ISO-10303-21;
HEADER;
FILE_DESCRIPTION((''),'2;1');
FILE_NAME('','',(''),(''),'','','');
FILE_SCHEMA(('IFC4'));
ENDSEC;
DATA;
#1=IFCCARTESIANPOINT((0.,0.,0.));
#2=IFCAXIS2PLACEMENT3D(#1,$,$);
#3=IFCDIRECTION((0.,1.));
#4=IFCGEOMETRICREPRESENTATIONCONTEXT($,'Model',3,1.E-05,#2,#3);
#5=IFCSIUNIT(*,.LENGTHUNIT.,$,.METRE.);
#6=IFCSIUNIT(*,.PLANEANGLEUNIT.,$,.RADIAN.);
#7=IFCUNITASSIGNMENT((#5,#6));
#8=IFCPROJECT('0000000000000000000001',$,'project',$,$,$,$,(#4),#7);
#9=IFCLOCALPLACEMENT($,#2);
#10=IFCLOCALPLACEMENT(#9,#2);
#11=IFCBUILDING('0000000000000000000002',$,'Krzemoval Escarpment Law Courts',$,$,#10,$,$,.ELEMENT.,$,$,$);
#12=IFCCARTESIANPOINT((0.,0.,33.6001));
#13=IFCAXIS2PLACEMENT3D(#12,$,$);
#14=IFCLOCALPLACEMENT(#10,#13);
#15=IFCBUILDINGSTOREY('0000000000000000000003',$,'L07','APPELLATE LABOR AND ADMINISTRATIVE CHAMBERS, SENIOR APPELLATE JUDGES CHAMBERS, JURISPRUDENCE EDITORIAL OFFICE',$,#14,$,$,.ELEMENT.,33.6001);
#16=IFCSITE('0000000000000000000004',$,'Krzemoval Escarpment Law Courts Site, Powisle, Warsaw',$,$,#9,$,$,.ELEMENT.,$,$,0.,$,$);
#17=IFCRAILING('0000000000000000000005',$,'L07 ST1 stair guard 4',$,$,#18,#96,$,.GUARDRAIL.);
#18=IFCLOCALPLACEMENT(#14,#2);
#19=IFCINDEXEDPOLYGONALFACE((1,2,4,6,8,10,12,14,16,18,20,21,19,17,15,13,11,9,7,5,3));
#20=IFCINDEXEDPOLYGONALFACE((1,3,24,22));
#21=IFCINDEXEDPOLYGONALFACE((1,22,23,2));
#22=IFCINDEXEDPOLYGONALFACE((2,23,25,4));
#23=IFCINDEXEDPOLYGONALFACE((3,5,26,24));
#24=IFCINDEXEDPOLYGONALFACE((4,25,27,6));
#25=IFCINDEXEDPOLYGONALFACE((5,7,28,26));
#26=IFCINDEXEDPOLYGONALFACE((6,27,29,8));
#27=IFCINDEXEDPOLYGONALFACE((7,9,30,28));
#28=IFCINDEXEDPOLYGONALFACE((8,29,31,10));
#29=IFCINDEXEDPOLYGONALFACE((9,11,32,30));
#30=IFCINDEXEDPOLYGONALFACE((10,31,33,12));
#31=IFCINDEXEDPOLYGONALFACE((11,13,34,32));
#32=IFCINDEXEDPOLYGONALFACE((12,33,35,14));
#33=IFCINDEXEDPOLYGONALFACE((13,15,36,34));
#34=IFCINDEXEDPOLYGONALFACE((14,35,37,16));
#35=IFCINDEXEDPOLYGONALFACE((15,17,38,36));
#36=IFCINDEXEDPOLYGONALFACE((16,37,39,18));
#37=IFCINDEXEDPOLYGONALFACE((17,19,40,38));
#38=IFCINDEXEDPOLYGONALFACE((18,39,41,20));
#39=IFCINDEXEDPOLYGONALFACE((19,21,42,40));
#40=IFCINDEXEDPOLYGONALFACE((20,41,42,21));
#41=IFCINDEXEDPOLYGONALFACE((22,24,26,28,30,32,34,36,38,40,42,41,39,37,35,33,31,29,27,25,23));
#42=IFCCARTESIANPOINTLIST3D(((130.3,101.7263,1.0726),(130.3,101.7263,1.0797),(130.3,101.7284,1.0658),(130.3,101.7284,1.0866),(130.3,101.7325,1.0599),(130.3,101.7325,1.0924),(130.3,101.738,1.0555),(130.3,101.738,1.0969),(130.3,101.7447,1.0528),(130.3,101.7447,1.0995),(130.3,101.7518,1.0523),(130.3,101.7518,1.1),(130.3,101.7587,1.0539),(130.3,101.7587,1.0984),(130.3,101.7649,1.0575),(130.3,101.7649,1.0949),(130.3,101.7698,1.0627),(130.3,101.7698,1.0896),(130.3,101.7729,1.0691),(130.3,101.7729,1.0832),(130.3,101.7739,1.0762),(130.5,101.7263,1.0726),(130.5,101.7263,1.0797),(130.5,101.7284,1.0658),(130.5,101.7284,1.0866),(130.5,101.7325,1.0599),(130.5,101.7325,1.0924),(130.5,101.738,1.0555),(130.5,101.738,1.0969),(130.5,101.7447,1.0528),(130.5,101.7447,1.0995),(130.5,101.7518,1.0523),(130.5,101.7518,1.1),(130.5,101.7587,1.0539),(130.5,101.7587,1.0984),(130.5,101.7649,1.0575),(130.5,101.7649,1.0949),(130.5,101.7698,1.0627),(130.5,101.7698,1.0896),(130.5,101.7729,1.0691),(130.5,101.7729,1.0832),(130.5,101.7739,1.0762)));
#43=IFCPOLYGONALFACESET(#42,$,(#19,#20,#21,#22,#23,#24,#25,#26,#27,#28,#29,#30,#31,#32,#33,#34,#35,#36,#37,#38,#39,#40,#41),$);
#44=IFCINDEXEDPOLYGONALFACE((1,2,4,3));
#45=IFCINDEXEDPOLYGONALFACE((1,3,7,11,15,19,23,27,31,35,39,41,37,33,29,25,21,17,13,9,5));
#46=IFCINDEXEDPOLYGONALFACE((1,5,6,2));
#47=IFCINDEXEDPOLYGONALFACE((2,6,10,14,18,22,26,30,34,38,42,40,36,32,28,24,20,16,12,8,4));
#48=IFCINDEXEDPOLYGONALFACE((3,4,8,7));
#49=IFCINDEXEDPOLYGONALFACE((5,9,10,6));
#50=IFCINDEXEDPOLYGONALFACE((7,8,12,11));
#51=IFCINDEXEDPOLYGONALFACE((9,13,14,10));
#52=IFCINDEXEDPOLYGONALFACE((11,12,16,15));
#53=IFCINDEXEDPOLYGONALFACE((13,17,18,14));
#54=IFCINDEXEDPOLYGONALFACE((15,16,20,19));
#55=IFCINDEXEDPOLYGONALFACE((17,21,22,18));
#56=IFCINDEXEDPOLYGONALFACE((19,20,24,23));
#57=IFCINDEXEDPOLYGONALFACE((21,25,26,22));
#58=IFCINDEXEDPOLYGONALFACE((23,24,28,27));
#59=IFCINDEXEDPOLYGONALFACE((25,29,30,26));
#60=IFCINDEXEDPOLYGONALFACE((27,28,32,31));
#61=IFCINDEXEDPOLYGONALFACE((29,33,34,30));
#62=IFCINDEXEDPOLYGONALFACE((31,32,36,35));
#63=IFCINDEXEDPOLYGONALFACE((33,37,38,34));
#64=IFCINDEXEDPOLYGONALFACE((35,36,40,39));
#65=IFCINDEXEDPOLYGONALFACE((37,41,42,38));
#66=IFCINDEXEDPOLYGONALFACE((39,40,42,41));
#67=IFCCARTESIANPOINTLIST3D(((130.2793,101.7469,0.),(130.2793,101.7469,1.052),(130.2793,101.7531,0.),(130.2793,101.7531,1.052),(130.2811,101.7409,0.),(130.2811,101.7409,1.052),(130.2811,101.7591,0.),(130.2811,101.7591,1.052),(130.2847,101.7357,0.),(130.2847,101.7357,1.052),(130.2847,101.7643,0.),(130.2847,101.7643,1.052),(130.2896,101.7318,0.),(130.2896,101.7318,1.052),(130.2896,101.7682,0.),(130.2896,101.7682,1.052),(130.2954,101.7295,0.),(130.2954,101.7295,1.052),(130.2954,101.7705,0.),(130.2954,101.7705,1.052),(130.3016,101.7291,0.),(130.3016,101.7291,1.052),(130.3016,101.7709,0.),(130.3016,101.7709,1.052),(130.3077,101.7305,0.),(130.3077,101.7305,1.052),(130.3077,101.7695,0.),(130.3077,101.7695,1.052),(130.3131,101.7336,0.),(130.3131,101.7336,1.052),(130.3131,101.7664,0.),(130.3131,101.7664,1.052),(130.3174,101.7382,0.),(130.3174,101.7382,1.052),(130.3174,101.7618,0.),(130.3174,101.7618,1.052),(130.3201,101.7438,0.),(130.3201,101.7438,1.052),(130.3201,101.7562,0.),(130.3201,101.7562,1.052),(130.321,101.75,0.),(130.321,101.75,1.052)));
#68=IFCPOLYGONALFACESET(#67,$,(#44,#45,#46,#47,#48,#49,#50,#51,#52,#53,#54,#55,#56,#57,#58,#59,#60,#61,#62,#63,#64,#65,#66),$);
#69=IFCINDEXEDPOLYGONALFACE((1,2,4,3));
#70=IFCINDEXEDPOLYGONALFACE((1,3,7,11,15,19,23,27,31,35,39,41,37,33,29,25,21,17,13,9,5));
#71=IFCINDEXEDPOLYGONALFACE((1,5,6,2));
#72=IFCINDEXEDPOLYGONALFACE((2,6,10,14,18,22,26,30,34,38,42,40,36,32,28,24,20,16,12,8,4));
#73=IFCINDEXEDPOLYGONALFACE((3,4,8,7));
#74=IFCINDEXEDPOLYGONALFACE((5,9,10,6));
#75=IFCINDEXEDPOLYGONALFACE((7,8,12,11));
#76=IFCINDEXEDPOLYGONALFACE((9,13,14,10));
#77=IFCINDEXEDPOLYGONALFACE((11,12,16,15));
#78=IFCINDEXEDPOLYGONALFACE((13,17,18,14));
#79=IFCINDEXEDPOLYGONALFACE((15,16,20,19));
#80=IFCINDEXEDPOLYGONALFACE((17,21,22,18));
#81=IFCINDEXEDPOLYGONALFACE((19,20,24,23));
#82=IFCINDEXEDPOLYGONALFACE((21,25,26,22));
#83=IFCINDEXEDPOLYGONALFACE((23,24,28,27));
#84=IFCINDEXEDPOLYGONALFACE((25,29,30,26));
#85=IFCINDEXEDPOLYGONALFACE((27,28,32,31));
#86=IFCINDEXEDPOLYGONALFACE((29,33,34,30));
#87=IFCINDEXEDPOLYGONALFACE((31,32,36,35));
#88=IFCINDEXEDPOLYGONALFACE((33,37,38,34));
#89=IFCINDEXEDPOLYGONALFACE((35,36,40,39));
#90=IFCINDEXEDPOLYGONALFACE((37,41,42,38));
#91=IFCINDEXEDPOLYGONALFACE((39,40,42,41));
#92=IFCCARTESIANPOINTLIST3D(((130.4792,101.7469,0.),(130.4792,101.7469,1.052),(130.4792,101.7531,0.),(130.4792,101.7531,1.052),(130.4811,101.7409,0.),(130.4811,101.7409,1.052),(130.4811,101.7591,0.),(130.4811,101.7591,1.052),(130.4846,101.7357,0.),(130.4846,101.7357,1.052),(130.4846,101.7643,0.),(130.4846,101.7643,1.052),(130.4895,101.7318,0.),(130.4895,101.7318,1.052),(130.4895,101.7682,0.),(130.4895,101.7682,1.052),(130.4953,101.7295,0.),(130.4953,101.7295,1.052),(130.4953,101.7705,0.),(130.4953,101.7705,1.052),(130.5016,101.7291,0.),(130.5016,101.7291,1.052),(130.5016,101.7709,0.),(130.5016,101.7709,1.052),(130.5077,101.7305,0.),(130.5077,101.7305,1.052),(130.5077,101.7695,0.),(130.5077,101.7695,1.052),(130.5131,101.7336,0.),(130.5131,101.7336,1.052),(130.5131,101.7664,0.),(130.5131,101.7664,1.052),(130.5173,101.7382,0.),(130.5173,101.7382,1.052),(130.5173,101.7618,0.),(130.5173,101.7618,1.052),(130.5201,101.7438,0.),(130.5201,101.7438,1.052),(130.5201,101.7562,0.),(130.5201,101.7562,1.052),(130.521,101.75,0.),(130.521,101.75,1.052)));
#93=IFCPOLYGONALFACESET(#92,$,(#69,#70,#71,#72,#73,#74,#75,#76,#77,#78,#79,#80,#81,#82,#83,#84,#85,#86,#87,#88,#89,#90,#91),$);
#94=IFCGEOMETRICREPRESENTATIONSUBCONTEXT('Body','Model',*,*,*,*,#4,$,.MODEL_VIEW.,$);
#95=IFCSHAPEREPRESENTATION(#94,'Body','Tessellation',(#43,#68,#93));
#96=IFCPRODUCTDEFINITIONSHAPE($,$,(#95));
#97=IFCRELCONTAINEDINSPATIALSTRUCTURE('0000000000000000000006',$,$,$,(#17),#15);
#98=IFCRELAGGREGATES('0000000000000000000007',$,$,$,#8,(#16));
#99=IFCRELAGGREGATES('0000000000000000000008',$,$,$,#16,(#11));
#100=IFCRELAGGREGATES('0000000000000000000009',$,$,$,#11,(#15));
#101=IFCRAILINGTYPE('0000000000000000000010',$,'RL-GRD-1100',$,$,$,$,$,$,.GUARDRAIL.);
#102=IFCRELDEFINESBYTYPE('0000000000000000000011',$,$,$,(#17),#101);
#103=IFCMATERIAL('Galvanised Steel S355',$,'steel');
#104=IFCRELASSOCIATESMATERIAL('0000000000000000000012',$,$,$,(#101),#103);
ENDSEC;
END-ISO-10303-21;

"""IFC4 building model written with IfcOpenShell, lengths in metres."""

from ifc_helpers import new_model, si_unit, direction, frame, origin, origin_2d, place, context, subcontext, project, spatial, circle, extrude, material, type_object, element, save


model = new_model("IFC4")

# Units and contexts
model_context = context("Model", 3, precision=1e-05, world=origin(), true_north=direction((0.0, 1.0)))
body_context = subcontext(model_context, "Body", "Model", "MODEL_VIEW")
ifc_project = project(units=[si_unit("LENGTHUNIT", "METRE"), si_unit("PLANEANGLEUNIT", "RADIAN")], contexts=[model_context])

# Site, building, storey
site_placement = place(None, origin())
site = spatial("IfcSite", under=ifc_project, at=site_placement, Name="Krzemoval Escarpment Law Courts Site, Powisle, Warsaw", CompositionType="ELEMENT", RefElevation=0.0)
building_placement = place(site_placement, origin())
building = spatial("IfcBuilding", under=site, at=building_placement, Name="Krzemoval Escarpment Law Courts", CompositionType="ELEMENT")
storey_placement = place(building_placement, frame((0.0, 0.0, 33.6001)))
storey = spatial("IfcBuildingStorey", under=building, at=storey_placement, Name="L07", Description="APPELLATE LABOR AND ADMINISTRATIVE CHAMBERS, SENIOR APPELLATE JUDGES CHAMBERS, JURISPRUDENCE EDITORIAL OFFICE", CompositionType="ELEMENT", Elevation=33.6001)

# Railing
ifc_material_1 = material(Name="Galvanised Steel S355", Category="steel")
railing_type_1 = type_object("IfcRailingType", Name="RL-GRD-1100", PredefinedType="GUARDRAIL", material=ifc_material_1)
railing_1_placement = place(storey_placement, frame((130.3, 101.75, 0.0)))
element("IfcRailing", 1, at=railing_1_placement, inside=storey, type_object=railing_type_1, Name="L07 ST1 stair guard 4", PredefinedType="GUARDRAIL", context=body_context, shape_type="SweptSolid", body=[
    extrude(circle(Radius=0.0239, at=origin_2d()), frame((0.0, 0.0, 1.0762), z_axis=(1.0, 0.0, 0.0), x_axis=(0.0, 1.0, 0.0)), (0.0, 0.0, 1.0), 0.2),
    extrude(circle(Radius=0.021, at=origin_2d()), origin(), (0.0, 0.0, 1.0), 1.052),
    extrude(circle(Radius=0.021, at=origin_2d()), frame((0.2, 0.0, 0.0)), (0.0, 0.0, 1.0), 1.052),
])

save(model, "model.ifc")
